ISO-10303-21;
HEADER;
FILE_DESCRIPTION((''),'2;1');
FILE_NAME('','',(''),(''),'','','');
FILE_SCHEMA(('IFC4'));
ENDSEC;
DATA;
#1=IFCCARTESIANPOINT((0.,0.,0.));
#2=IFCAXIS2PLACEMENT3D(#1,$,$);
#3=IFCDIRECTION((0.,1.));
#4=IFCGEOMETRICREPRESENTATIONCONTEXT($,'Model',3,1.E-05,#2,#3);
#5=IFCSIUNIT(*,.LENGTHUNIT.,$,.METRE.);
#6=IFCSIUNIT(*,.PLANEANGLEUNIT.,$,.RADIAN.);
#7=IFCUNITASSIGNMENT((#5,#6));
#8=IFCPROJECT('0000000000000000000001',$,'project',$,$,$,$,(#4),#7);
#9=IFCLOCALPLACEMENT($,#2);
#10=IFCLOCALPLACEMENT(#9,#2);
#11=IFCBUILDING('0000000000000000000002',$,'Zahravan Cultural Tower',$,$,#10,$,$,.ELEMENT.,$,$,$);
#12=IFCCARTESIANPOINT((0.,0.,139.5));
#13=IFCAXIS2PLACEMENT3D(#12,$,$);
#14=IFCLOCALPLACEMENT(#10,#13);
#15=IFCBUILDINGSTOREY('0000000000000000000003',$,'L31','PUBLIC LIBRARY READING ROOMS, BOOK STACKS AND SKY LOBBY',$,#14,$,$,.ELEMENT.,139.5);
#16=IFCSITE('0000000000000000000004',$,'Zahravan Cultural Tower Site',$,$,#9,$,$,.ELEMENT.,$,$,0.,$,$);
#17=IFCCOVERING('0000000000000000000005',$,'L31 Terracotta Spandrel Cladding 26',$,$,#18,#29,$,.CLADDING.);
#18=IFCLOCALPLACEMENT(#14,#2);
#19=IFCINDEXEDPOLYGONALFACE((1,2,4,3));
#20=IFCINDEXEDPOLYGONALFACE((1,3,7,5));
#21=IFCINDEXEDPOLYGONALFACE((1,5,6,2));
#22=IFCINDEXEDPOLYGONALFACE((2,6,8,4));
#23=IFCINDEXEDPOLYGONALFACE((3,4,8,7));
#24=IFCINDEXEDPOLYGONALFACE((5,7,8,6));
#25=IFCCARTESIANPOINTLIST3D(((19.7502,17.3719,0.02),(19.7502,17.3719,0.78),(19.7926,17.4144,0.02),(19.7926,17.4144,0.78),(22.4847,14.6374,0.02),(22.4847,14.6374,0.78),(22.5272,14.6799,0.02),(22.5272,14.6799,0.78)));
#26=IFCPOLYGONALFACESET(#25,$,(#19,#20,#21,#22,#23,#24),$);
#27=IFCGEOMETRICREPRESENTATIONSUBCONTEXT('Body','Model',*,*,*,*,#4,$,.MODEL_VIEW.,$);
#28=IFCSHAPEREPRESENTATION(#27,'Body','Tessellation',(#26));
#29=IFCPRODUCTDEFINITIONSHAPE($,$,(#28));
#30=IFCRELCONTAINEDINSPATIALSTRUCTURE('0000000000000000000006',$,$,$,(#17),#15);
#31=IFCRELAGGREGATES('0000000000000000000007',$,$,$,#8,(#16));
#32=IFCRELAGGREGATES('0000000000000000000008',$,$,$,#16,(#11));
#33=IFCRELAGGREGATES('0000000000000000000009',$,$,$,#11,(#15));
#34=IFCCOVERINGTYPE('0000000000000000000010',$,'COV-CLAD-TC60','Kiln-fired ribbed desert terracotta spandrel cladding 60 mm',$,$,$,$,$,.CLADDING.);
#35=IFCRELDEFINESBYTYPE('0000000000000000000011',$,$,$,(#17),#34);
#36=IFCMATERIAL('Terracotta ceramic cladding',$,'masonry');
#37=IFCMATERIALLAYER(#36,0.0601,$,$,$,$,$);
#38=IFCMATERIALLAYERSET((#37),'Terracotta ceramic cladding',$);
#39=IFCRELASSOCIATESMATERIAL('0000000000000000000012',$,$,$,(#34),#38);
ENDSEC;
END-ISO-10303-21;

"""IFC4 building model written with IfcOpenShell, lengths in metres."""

from ifc_helpers import new_model, si_unit, direction, frame, origin, origin_2d, place, context, subcontext, project, spatial, rectangle, extrude, source, transform, mapped, material, layer, layer_set, type_object, element, save


model = new_model("IFC4")

# Units and contexts
model_context = context("Model", 3, precision=1e-05, world=origin(), true_north=direction((0.0, 1.0)))
body_context = subcontext(model_context, "Body", "Model", "MODEL_VIEW")
ifc_project = project(units=[si_unit("LENGTHUNIT", "METRE"), si_unit("PLANEANGLEUNIT", "RADIAN")], contexts=[model_context])

# Site, building, storey
site_placement = place(None, origin())
site = spatial("IfcSite", under=ifc_project, at=site_placement, Name="Zahravan Cultural Tower Site", CompositionType="ELEMENT", RefElevation=0.0)
building_placement = place(site_placement, origin())
building = spatial("IfcBuilding", under=site, at=building_placement, Name="Zahravan Cultural Tower", CompositionType="ELEMENT")
storey_placement = place(building_placement, frame((0.0, 0.0, 139.5)))
storey = spatial("IfcBuildingStorey", under=building, at=storey_placement, Name="L31", Description="PUBLIC LIBRARY READING ROOMS, BOOK STACKS AND SKY LOBBY", CompositionType="ELEMENT", Elevation=139.5)

# Covering
ifc_material_1 = material(Name="Terracotta ceramic cladding", Category="masonry")
ifc_layer_1 = layer(ifc_material_1, 0.0601)
ifc_layer_set_1 = layer_set([ifc_layer_1], Name="Terracotta ceramic cladding")
covering_type_1 = type_object("IfcCoveringType", Name="COV-CLAD-TC60", Description="Kiln-fired ribbed desert terracotta spandrel cladding 60 mm", PredefinedType="CLADDING", material=ifc_layer_set_1)
shared_shape_1 = source(origin(), body_context, "Body", "SweptSolid", [
    extrude(rectangle(XDim=3.8672, YDim=0.0601, at=origin_2d()), origin(), (0.0, 0.0, 1.0), 0.76),
])
covering_1_placement = place(storey_placement, frame((21.1387, 16.0259, 0.02), z_axis=(0.0, 0.0, 1.0), x_axis=(-0.707107, 0.707107, 0.0)))
element("IfcCovering", 1, at=covering_1_placement, inside=storey, type_object=covering_type_1, Name="L31 Terracotta Spandrel Cladding 26", PredefinedType="CLADDING", context=body_context, shape_type="MappedRepresentation", body=[
    mapped(shared_shape_1, transform((0.0, 0.0, 0.0), x_axis=(1.0, 0.0, 0.0), y_axis=(0.0, 1.0, 0.0), z_axis=(0.0, 0.0, 1.0), scale=1.0)),
])

save(model, "model.ifc")
